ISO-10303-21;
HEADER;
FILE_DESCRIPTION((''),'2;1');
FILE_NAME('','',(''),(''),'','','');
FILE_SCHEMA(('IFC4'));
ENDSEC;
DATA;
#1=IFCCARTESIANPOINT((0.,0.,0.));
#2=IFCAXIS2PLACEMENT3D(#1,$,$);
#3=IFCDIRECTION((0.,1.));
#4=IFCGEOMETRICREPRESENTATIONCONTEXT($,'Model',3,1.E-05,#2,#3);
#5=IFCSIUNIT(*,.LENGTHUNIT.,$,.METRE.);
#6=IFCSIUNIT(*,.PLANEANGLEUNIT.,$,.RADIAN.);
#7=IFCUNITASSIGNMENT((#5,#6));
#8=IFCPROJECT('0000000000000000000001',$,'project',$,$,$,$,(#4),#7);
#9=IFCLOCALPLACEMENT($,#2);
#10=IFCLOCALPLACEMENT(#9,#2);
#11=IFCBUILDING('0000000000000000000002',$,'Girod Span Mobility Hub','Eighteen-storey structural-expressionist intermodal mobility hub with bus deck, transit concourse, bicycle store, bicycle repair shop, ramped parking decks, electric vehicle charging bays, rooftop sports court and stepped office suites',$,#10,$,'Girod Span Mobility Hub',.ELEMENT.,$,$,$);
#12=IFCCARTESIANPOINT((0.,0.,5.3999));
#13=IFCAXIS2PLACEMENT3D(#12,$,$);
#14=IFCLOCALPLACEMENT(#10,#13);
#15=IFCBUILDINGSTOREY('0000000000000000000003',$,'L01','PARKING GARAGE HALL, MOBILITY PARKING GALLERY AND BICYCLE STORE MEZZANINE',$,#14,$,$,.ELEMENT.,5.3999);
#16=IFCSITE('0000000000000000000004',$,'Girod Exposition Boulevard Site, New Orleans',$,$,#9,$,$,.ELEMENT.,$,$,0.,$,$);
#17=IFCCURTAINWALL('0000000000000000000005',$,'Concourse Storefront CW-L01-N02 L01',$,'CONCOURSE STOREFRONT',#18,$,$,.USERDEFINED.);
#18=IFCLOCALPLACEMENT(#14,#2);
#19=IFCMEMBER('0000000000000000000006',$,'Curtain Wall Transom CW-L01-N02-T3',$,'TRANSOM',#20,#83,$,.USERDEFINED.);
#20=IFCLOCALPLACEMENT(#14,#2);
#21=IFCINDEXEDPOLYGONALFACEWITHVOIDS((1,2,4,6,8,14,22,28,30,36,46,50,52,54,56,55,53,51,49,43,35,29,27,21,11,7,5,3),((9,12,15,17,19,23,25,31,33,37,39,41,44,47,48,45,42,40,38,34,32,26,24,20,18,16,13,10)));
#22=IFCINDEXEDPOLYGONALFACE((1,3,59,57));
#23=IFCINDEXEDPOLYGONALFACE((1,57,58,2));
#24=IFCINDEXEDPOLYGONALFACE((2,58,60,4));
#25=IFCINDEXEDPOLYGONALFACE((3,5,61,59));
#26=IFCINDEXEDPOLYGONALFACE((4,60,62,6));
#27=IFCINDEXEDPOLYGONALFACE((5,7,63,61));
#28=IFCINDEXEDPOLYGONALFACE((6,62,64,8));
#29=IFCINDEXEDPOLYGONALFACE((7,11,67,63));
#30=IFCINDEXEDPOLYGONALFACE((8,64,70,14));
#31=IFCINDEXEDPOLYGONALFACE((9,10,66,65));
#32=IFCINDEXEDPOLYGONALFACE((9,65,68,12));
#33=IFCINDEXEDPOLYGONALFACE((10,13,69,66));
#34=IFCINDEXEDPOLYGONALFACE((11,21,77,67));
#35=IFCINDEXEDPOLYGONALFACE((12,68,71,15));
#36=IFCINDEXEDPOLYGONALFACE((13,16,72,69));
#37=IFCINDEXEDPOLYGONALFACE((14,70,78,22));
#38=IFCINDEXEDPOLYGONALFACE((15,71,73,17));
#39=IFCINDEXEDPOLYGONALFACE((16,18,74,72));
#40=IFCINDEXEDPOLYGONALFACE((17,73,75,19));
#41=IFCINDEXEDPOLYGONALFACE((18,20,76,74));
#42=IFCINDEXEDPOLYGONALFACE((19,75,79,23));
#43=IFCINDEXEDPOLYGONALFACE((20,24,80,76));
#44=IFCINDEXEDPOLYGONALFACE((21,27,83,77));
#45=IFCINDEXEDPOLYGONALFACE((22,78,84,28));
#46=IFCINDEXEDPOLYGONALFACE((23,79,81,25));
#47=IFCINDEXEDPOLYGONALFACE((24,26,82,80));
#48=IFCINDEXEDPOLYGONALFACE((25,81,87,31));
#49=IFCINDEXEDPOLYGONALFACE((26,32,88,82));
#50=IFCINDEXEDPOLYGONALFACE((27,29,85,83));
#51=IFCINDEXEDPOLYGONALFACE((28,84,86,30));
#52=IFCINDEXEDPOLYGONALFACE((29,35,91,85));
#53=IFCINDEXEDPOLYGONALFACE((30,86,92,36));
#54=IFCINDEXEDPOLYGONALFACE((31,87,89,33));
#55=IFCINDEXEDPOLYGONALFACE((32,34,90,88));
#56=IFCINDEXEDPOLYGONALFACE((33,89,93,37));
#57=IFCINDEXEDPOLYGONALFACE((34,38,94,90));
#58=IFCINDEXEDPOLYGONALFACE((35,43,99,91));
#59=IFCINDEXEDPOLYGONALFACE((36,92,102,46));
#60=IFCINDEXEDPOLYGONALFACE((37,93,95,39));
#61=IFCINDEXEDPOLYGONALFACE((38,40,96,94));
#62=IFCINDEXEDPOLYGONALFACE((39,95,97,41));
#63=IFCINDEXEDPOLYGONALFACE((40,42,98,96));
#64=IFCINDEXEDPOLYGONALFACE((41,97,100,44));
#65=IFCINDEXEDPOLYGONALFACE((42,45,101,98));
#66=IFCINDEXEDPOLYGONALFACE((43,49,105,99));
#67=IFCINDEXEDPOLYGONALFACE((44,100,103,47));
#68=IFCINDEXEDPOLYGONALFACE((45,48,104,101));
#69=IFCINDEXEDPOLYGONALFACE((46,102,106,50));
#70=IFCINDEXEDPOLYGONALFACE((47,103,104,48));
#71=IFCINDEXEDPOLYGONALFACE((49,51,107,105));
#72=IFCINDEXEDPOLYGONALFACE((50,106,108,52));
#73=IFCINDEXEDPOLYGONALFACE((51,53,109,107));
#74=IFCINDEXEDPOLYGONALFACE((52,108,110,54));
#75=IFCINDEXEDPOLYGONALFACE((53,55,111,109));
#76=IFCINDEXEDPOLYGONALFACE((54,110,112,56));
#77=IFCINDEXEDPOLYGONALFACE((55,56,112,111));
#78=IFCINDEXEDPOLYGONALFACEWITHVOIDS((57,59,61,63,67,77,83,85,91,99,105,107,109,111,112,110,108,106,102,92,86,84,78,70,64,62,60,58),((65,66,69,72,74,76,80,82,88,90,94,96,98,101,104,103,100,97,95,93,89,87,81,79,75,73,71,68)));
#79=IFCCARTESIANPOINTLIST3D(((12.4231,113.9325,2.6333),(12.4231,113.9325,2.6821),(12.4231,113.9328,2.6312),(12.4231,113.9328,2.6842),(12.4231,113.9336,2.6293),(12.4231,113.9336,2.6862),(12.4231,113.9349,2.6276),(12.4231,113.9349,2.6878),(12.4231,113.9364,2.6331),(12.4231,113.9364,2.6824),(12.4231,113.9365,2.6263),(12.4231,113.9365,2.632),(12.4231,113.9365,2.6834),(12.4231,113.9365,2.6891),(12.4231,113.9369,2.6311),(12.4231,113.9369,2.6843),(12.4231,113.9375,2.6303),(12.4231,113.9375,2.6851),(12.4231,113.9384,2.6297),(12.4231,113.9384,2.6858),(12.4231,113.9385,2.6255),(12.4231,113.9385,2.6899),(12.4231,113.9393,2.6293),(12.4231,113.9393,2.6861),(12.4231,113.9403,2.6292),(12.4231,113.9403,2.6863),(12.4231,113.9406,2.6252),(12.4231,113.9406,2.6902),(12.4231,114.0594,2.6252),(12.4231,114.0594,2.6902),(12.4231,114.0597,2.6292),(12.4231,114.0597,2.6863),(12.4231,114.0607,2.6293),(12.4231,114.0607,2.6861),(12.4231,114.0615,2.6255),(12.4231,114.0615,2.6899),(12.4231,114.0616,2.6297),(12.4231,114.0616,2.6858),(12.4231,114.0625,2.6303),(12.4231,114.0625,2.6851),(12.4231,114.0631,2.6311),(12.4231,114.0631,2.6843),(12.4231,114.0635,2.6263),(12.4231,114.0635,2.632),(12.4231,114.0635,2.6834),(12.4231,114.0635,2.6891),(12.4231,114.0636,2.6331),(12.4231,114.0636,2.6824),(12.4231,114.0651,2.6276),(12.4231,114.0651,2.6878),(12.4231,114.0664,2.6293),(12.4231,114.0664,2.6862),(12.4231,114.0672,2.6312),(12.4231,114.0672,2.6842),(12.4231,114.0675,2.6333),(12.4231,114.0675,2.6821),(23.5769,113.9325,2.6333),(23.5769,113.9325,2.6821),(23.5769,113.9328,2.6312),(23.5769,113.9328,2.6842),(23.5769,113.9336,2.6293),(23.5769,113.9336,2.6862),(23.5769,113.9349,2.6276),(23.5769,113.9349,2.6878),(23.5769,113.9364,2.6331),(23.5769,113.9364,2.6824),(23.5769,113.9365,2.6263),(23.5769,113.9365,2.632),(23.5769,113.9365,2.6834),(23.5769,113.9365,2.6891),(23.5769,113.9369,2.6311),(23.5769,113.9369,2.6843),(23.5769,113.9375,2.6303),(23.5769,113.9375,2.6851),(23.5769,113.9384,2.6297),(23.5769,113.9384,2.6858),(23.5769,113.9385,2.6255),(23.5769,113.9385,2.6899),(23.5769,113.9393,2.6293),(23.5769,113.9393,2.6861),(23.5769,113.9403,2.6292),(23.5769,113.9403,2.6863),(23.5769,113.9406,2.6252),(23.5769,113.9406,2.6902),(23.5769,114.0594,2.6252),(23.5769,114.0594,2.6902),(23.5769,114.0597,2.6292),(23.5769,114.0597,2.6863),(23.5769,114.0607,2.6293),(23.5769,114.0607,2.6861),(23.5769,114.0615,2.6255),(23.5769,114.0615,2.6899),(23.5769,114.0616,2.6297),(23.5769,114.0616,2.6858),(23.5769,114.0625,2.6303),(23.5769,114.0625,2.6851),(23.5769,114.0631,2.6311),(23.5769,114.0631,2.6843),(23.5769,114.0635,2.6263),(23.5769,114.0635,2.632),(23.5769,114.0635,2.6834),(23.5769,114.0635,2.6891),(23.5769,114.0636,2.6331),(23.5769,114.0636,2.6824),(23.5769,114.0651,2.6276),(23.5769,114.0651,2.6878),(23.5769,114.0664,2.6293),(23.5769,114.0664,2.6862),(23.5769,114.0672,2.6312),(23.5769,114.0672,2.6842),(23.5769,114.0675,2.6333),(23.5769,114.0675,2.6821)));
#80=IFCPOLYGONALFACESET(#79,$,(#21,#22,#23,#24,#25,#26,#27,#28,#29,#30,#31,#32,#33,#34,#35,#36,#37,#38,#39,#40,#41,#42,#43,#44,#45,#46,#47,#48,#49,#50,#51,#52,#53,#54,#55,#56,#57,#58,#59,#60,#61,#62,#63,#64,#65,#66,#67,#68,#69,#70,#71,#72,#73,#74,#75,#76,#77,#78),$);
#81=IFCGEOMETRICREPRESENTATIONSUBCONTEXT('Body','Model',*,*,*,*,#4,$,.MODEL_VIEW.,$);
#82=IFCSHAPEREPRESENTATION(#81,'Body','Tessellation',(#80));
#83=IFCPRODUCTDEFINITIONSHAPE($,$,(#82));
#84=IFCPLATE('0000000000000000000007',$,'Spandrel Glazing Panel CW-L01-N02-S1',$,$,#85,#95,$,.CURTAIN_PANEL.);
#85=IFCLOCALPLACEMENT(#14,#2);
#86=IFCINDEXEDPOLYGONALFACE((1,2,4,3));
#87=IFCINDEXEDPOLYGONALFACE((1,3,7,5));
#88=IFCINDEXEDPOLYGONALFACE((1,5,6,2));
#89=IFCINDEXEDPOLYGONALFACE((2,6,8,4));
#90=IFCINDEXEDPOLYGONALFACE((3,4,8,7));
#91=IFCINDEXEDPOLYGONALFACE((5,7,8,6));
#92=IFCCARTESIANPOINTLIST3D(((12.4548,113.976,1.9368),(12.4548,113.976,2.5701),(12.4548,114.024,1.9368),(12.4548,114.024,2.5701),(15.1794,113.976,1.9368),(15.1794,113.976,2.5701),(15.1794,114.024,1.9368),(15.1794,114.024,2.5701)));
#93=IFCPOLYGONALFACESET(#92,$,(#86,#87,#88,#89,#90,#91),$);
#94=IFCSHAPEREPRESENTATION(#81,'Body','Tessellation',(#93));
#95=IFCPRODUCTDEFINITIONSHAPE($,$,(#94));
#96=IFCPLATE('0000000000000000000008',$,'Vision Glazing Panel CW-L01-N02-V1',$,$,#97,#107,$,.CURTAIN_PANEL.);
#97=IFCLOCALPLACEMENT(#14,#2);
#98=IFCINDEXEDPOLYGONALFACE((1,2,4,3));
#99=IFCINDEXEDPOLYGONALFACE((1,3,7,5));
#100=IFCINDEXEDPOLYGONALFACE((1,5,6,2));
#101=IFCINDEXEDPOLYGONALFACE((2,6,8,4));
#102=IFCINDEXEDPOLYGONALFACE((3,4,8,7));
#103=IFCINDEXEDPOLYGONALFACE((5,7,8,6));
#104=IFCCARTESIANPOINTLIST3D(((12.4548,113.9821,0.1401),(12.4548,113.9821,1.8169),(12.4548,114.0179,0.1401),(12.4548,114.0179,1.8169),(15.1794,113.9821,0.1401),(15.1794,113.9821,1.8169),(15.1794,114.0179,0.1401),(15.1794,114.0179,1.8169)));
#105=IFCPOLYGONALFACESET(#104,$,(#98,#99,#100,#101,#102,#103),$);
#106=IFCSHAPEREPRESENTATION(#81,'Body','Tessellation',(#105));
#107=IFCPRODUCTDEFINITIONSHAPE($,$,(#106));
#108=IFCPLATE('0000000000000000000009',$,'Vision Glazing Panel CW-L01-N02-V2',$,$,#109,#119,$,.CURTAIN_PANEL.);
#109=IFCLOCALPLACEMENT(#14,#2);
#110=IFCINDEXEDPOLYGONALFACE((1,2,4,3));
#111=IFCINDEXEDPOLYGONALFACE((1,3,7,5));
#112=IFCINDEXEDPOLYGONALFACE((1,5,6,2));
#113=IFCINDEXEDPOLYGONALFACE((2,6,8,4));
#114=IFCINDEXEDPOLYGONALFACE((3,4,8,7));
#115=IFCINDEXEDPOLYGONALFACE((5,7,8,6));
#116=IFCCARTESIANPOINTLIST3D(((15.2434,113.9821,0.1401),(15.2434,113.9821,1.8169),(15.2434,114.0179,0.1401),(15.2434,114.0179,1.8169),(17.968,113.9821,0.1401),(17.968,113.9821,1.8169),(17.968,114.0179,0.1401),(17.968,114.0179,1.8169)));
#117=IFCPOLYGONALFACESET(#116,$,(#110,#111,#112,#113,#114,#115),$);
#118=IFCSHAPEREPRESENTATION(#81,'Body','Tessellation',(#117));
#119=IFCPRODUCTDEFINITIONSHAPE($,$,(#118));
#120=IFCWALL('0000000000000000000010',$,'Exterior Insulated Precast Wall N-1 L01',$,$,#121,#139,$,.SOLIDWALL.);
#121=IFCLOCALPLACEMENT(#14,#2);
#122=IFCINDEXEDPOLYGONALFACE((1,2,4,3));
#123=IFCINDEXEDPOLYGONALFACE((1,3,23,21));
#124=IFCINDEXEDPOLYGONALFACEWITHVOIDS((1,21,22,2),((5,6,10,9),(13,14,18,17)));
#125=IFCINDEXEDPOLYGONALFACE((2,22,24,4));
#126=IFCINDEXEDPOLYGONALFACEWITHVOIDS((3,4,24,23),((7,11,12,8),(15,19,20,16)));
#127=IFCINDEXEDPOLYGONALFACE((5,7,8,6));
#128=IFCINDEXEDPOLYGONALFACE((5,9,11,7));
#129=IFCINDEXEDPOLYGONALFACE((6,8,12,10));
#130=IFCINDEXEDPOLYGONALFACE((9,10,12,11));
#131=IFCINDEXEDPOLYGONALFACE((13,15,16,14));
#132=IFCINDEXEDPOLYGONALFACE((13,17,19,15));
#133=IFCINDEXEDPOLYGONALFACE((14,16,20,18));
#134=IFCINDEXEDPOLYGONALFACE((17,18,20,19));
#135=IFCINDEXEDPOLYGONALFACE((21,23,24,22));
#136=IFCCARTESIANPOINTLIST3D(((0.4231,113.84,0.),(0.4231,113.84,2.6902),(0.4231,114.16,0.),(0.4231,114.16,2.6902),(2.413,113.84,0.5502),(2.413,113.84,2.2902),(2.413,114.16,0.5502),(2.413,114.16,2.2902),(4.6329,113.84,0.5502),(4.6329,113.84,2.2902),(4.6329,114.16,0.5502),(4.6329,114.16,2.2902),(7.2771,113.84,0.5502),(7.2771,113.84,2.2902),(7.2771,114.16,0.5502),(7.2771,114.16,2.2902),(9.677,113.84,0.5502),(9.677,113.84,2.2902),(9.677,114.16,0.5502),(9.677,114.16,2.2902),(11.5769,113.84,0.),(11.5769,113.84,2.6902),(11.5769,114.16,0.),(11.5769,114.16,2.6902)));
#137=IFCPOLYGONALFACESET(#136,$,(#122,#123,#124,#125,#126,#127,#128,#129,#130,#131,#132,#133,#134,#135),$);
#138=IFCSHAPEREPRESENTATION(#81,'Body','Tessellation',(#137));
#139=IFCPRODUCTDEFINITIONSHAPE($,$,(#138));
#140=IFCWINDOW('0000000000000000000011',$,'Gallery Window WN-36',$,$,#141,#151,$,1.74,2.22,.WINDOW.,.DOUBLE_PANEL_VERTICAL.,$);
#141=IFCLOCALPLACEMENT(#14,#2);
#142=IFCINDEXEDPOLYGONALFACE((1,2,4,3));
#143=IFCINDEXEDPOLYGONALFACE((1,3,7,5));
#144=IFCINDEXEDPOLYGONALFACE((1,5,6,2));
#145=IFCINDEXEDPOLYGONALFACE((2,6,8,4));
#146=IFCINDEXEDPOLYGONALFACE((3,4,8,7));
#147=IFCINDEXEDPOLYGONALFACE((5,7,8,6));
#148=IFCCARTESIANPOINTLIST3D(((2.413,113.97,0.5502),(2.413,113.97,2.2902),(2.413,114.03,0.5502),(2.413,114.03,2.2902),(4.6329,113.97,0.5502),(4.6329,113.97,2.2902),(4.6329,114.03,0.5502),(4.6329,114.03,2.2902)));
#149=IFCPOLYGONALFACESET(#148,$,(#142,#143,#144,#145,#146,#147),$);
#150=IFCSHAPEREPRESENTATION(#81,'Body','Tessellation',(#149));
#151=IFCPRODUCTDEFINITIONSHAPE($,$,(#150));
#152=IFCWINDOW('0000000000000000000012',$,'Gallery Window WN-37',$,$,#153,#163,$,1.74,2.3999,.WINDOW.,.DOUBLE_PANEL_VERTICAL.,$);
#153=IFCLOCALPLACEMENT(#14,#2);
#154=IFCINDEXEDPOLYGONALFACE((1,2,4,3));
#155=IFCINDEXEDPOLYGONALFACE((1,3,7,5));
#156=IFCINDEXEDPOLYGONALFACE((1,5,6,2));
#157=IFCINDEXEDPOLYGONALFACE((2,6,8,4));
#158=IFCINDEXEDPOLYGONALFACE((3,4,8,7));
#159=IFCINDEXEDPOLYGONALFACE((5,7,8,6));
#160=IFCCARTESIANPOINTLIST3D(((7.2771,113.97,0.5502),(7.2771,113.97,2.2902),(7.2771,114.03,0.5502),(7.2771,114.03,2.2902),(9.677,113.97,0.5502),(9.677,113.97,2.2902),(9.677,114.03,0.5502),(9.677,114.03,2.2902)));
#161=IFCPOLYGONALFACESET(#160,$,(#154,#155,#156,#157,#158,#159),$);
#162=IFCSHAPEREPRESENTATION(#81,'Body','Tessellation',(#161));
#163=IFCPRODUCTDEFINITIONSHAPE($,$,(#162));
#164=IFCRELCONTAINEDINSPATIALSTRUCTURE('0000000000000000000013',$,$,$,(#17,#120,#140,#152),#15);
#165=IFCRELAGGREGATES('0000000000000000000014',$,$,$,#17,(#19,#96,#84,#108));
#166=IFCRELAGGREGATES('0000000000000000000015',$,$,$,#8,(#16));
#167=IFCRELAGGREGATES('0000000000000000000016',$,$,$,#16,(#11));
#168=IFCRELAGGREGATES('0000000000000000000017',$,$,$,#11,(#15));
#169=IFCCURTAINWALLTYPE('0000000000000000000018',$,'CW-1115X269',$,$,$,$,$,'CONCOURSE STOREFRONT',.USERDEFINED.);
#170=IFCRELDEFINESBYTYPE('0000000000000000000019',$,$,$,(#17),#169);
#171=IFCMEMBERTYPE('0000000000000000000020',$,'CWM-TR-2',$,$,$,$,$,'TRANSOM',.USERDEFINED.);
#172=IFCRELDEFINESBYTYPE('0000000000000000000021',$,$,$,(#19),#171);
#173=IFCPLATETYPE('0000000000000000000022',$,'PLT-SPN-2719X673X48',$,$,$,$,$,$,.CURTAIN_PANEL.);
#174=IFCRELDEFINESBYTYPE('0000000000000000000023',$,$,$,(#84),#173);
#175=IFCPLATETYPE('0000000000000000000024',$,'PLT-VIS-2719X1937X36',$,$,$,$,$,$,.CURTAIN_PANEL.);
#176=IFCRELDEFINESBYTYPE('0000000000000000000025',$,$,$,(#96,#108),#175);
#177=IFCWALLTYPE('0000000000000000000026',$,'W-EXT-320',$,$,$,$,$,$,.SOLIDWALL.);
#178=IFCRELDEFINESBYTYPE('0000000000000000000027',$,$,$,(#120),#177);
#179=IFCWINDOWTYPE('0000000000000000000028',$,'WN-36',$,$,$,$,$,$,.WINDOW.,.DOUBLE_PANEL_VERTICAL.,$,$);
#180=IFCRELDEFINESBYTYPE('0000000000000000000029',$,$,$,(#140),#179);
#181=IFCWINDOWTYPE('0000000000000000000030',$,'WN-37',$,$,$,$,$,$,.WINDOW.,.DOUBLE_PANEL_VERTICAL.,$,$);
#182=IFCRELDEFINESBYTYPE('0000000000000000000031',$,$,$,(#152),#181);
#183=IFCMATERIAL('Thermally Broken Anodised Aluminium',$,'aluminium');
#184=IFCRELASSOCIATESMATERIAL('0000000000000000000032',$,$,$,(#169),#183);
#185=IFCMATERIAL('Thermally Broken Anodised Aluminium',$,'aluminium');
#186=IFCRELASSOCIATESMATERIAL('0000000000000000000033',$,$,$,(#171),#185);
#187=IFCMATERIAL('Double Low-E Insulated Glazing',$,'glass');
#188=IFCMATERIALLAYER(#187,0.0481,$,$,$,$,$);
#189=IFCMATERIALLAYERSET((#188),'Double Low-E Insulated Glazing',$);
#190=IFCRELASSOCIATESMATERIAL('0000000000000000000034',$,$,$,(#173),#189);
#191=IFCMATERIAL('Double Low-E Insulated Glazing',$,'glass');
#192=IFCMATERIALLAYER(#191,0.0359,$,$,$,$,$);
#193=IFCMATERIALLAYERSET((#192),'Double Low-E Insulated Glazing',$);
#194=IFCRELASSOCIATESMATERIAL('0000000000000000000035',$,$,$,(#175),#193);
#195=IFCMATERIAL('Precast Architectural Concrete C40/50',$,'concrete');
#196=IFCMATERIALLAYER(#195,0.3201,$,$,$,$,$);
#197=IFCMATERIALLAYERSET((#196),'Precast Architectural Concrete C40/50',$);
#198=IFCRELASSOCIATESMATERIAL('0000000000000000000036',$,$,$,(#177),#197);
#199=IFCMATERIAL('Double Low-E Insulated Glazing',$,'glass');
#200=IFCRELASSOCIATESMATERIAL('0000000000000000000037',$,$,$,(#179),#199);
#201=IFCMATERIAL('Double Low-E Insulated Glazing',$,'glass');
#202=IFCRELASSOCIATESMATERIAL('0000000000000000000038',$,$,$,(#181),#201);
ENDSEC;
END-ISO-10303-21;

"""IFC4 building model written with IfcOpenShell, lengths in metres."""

from ifc_helpers import new_model, si_unit, direction, frame, frame_2d, origin, origin_2d, place, context, subcontext, project, spatial, rectangle, hollow_rectangle, extrude, material, layer, layer_set, material_profile, profile_set, type_object, element, fill, aggregate, save


model = new_model("IFC4")

# Units and contexts
model_context = context("Model", 3, precision=1e-05, world=origin(), true_north=direction((0.0, 1.0)))
body_context = subcontext(model_context, "Body", "Model", "MODEL_VIEW")
ifc_project = project(units=[si_unit("LENGTHUNIT", "METRE"), si_unit("PLANEANGLEUNIT", "RADIAN")], contexts=[model_context])

# Site, building, storey
site_placement = place(None, origin())
site = spatial("IfcSite", under=ifc_project, at=site_placement, Name="Girod Exposition Boulevard Site, New Orleans", CompositionType="ELEMENT", RefElevation=0.0)
building_placement = place(site_placement, origin())
building = spatial("IfcBuilding", under=site, at=building_placement, Name="Girod Span Mobility Hub", Description="Eighteen-storey structural-expressionist intermodal mobility hub with bus deck, transit concourse, bicycle store, bicycle repair shop, ramped parking decks, electric vehicle charging bays, rooftop sports court and stepped office suites", LongName="Girod Span Mobility Hub", CompositionType="ELEMENT")
storey_placement = place(building_placement, frame((0.0, 0.0, 5.3999)))
storey = spatial("IfcBuildingStorey", under=building, at=storey_placement, Name="L01", Description="PARKING GARAGE HALL, MOBILITY PARKING GALLERY AND BICYCLE STORE MEZZANINE", CompositionType="ELEMENT", Elevation=5.3999)

# Curtain wall, member, plates
ifc_material_1 = material(Name="Thermally Broken Anodised Aluminium", Category="aluminium")
curtain_wall_type = type_object("IfcCurtainWallType", Name="CW-1115X269", ElementType="CONCOURSE STOREFRONT", PredefinedType="USERDEFINED", material=ifc_material_1)
curtain_wall_placement = place(storey_placement, origin())
curtain_wall = element("IfcCurtainWall", 1, at=curtain_wall_placement, inside=storey, type_object=curtain_wall_type, Name="Concourse Storefront CW-L01-N02 L01", ObjectType="CONCOURSE STOREFRONT", PredefinedType="USERDEFINED")
ifc_material_2 = material(Name="Thermally Broken Anodised Aluminium", Category="aluminium")
ifc_material_profile_1 = material_profile(ifc_material_2, hollow_rectangle(XDim=0.135, YDim=0.0649, WallThickness=0.0039, InnerFilletRadius=0.0039, OuterFilletRadius=0.0081, at=origin_2d()), Name="CW-TR-65X135")
ifc_profile_set_1 = profile_set([ifc_material_profile_1], Name="Thermally Broken Anodised Aluminium")
member_type_1 = type_object("IfcMemberType", Name="CWM-TR-2", ElementType="TRANSOM", PredefinedType="USERDEFINED", material=ifc_profile_set_1)
member_1_placement = place(storey_placement, frame((12.4231, 114.0, 2.6577), z_axis=(1.0, 0.0, 0.0), x_axis=(0.0, 1.0, 0.0)))
member_1 = element("IfcMember", 2, at=member_1_placement, type_object=member_type_1, Name="Curtain Wall Transom CW-L01-N02-T3", ObjectType="TRANSOM", PredefinedType="USERDEFINED", context=body_context, shape_type="SweptSolid", body=[
    extrude(hollow_rectangle(XDim=0.135, YDim=0.0649, WallThickness=0.0039, InnerFilletRadius=0.0039, OuterFilletRadius=0.0081, at=origin_2d()), origin(), (0.0, 0.0, 1.0), 11.1538),
])
ifc_material_3 = material(Name="Double Low-E Insulated Glazing", Category="glass")
ifc_layer_1 = layer(ifc_material_3, 0.0481)
ifc_layer_set_1 = layer_set([ifc_layer_1], Name="Double Low-E Insulated Glazing")
plate_type_1 = type_object("IfcPlateType", Name="PLT-SPN-2719X673X48", PredefinedType="CURTAIN_PANEL", material=ifc_layer_set_1)
plate_1_placement = place(storey_placement, frame((13.8171, 114.0, 1.9368), z_axis=(0.0, 0.0, 1.0), x_axis=(1.0, 0.0, 0.0)))
plate_1 = element("IfcPlate", 3, at=plate_1_placement, type_object=plate_type_1, Name="Spandrel Glazing Panel CW-L01-N02-S1", PredefinedType="CURTAIN_PANEL", context=body_context, shape_type="SweptSolid", body=[
    extrude(rectangle(XDim=2.7246, YDim=0.0481, at=origin_2d()), origin(), (0.0, 0.0, 1.0), 0.6333),
])
ifc_material_4 = material(Name="Double Low-E Insulated Glazing", Category="glass")
ifc_layer_2 = layer(ifc_material_4, 0.0359)
ifc_layer_set_2 = layer_set([ifc_layer_2], Name="Double Low-E Insulated Glazing")
plate_type_2 = type_object("IfcPlateType", Name="PLT-VIS-2719X1937X36", PredefinedType="CURTAIN_PANEL", material=ifc_layer_set_2)
plate_2_placement = place(storey_placement, frame((13.8171, 114.0, 0.1401), z_axis=(0.0, 0.0, 1.0), x_axis=(1.0, 0.0, 0.0)))
plate_2 = element("IfcPlate", 4, at=plate_2_placement, type_object=plate_type_2, Name="Vision Glazing Panel CW-L01-N02-V1", PredefinedType="CURTAIN_PANEL", context=body_context, shape_type="SweptSolid", body=[
    extrude(rectangle(XDim=2.7246, YDim=0.0359, at=origin_2d()), origin(), (0.0, 0.0, 1.0), 1.6768),
])
plate_3_placement = place(storey_placement, frame((16.6057, 114.0, 0.1401), z_axis=(0.0, 0.0, 1.0), x_axis=(1.0, 0.0, 0.0)))
plate_3 = element("IfcPlate", 5, at=plate_3_placement, type_object=plate_type_2, Name="Vision Glazing Panel CW-L01-N02-V2", PredefinedType="CURTAIN_PANEL", context=body_context, shape_type="SweptSolid", body=[
    extrude(rectangle(XDim=2.7246, YDim=0.0359, at=origin_2d()), origin(), (0.0, 0.0, 1.0), 1.6768),
])
aggregate(curtain_wall, [member_1, plate_2, plate_1, plate_3])

# Wall, openings, windows
ifc_material_5 = material(Name="Precast Architectural Concrete C40/50", Category="concrete")
ifc_layer_3 = layer(ifc_material_5, 0.3201)
ifc_layer_set_3 = layer_set([ifc_layer_3], Name="Precast Architectural Concrete C40/50")
wall_type = type_object("IfcWallType", Name="W-EXT-320", PredefinedType="SOLIDWALL", material=ifc_layer_set_3)
wall_1_placement = place(storey_placement, frame((0.4231, 114.0, 0.0), z_axis=(0.0, 0.0, 1.0), x_axis=(1.0, 0.0, 0.0)))
wall_1 = element("IfcWall", 6, at=wall_1_placement, inside=storey, type_object=wall_type, Name="Exterior Insulated Precast Wall N-1 L01", PredefinedType="SOLIDWALL", context=body_context, shape_type="SweptSolid", body=[
    extrude(rectangle(XDim=11.1538, YDim=0.3201, at=frame_2d((5.5769, 0.0))), origin(), (0.0, 0.0, 1.0), 2.6902),
])
opening_1_placement = place(wall_1_placement, frame((1.99, 0.0, 0.55)))
opening_1 = element("IfcOpeningElement", 7, at=opening_1_placement, cuts=wall_1, PredefinedType="OPENING", context=body_context, shape_type="SweptSolid", body=[
    extrude(rectangle(XDim=2.22, YDim=1.74, at=frame_2d((1.1099, 0.8701))), frame((0.0, 0.175, 0.0), z_axis=(0.0, -1.0, 0.0), x_axis=(1.0, 0.0, 0.0)), (0.0, 0.0, 1.0), 0.3501),
])
opening_2_placement = place(wall_1_placement, frame((6.854, 0.0, 0.55)))
opening_2 = element("IfcOpeningElement", 8, at=opening_2_placement, cuts=wall_1, PredefinedType="OPENING", context=body_context, shape_type="SweptSolid", body=[
    extrude(rectangle(XDim=2.3999, YDim=1.74, at=frame_2d((1.2, 0.8701))), frame((0.0, 0.175, 0.0), z_axis=(0.0, -1.0, 0.0), x_axis=(1.0, 0.0, 0.0)), (0.0, 0.0, 1.0), 0.3501),
])
ifc_material_6 = material(Name="Double Low-E Insulated Glazing", Category="glass")
window_type_1 = type_object("IfcWindowType", Name="WN-36", PartitioningType="DOUBLE_PANEL_VERTICAL", PredefinedType="WINDOW", material=ifc_material_6)
window_1_placement = place(opening_1_placement, origin())
window_1 = element("IfcWindow", 9, at=window_1_placement, inside=storey, type_object=window_type_1, Name="Gallery Window WN-36", OverallHeight=1.74, OverallWidth=2.22, PartitioningType="DOUBLE_PANEL_VERTICAL", PredefinedType="WINDOW", context=body_context, shape_type="SweptSolid", body=[
    extrude(rectangle(XDim=2.22, YDim=1.74, at=frame_2d((1.1099, 0.8701))), frame((0.0, 0.03, 0.0), z_axis=(0.0, -1.0, 0.0), x_axis=(1.0, 0.0, 0.0)), (0.0, 0.0, 1.0), 0.0601),
])
fill(opening_1, window_1)
ifc_material_7 = material(Name="Double Low-E Insulated Glazing", Category="glass")
window_type_2 = type_object("IfcWindowType", Name="WN-37", PartitioningType="DOUBLE_PANEL_VERTICAL", PredefinedType="WINDOW", material=ifc_material_7)
window_2_placement = place(opening_2_placement, origin())
window_2 = element("IfcWindow", 10, at=window_2_placement, inside=storey, type_object=window_type_2, Name="Gallery Window WN-37", OverallHeight=1.74, OverallWidth=2.3999, PartitioningType="DOUBLE_PANEL_VERTICAL", PredefinedType="WINDOW", context=body_context, shape_type="SweptSolid", body=[
    extrude(rectangle(XDim=2.3999, YDim=1.74, at=frame_2d((1.2, 0.8701))), frame((0.0, 0.03, 0.0), z_axis=(0.0, -1.0, 0.0), x_axis=(1.0, 0.0, 0.0)), (0.0, 0.0, 1.0), 0.0601),
])
fill(opening_2, window_2)

save(model, "model.ifc")
